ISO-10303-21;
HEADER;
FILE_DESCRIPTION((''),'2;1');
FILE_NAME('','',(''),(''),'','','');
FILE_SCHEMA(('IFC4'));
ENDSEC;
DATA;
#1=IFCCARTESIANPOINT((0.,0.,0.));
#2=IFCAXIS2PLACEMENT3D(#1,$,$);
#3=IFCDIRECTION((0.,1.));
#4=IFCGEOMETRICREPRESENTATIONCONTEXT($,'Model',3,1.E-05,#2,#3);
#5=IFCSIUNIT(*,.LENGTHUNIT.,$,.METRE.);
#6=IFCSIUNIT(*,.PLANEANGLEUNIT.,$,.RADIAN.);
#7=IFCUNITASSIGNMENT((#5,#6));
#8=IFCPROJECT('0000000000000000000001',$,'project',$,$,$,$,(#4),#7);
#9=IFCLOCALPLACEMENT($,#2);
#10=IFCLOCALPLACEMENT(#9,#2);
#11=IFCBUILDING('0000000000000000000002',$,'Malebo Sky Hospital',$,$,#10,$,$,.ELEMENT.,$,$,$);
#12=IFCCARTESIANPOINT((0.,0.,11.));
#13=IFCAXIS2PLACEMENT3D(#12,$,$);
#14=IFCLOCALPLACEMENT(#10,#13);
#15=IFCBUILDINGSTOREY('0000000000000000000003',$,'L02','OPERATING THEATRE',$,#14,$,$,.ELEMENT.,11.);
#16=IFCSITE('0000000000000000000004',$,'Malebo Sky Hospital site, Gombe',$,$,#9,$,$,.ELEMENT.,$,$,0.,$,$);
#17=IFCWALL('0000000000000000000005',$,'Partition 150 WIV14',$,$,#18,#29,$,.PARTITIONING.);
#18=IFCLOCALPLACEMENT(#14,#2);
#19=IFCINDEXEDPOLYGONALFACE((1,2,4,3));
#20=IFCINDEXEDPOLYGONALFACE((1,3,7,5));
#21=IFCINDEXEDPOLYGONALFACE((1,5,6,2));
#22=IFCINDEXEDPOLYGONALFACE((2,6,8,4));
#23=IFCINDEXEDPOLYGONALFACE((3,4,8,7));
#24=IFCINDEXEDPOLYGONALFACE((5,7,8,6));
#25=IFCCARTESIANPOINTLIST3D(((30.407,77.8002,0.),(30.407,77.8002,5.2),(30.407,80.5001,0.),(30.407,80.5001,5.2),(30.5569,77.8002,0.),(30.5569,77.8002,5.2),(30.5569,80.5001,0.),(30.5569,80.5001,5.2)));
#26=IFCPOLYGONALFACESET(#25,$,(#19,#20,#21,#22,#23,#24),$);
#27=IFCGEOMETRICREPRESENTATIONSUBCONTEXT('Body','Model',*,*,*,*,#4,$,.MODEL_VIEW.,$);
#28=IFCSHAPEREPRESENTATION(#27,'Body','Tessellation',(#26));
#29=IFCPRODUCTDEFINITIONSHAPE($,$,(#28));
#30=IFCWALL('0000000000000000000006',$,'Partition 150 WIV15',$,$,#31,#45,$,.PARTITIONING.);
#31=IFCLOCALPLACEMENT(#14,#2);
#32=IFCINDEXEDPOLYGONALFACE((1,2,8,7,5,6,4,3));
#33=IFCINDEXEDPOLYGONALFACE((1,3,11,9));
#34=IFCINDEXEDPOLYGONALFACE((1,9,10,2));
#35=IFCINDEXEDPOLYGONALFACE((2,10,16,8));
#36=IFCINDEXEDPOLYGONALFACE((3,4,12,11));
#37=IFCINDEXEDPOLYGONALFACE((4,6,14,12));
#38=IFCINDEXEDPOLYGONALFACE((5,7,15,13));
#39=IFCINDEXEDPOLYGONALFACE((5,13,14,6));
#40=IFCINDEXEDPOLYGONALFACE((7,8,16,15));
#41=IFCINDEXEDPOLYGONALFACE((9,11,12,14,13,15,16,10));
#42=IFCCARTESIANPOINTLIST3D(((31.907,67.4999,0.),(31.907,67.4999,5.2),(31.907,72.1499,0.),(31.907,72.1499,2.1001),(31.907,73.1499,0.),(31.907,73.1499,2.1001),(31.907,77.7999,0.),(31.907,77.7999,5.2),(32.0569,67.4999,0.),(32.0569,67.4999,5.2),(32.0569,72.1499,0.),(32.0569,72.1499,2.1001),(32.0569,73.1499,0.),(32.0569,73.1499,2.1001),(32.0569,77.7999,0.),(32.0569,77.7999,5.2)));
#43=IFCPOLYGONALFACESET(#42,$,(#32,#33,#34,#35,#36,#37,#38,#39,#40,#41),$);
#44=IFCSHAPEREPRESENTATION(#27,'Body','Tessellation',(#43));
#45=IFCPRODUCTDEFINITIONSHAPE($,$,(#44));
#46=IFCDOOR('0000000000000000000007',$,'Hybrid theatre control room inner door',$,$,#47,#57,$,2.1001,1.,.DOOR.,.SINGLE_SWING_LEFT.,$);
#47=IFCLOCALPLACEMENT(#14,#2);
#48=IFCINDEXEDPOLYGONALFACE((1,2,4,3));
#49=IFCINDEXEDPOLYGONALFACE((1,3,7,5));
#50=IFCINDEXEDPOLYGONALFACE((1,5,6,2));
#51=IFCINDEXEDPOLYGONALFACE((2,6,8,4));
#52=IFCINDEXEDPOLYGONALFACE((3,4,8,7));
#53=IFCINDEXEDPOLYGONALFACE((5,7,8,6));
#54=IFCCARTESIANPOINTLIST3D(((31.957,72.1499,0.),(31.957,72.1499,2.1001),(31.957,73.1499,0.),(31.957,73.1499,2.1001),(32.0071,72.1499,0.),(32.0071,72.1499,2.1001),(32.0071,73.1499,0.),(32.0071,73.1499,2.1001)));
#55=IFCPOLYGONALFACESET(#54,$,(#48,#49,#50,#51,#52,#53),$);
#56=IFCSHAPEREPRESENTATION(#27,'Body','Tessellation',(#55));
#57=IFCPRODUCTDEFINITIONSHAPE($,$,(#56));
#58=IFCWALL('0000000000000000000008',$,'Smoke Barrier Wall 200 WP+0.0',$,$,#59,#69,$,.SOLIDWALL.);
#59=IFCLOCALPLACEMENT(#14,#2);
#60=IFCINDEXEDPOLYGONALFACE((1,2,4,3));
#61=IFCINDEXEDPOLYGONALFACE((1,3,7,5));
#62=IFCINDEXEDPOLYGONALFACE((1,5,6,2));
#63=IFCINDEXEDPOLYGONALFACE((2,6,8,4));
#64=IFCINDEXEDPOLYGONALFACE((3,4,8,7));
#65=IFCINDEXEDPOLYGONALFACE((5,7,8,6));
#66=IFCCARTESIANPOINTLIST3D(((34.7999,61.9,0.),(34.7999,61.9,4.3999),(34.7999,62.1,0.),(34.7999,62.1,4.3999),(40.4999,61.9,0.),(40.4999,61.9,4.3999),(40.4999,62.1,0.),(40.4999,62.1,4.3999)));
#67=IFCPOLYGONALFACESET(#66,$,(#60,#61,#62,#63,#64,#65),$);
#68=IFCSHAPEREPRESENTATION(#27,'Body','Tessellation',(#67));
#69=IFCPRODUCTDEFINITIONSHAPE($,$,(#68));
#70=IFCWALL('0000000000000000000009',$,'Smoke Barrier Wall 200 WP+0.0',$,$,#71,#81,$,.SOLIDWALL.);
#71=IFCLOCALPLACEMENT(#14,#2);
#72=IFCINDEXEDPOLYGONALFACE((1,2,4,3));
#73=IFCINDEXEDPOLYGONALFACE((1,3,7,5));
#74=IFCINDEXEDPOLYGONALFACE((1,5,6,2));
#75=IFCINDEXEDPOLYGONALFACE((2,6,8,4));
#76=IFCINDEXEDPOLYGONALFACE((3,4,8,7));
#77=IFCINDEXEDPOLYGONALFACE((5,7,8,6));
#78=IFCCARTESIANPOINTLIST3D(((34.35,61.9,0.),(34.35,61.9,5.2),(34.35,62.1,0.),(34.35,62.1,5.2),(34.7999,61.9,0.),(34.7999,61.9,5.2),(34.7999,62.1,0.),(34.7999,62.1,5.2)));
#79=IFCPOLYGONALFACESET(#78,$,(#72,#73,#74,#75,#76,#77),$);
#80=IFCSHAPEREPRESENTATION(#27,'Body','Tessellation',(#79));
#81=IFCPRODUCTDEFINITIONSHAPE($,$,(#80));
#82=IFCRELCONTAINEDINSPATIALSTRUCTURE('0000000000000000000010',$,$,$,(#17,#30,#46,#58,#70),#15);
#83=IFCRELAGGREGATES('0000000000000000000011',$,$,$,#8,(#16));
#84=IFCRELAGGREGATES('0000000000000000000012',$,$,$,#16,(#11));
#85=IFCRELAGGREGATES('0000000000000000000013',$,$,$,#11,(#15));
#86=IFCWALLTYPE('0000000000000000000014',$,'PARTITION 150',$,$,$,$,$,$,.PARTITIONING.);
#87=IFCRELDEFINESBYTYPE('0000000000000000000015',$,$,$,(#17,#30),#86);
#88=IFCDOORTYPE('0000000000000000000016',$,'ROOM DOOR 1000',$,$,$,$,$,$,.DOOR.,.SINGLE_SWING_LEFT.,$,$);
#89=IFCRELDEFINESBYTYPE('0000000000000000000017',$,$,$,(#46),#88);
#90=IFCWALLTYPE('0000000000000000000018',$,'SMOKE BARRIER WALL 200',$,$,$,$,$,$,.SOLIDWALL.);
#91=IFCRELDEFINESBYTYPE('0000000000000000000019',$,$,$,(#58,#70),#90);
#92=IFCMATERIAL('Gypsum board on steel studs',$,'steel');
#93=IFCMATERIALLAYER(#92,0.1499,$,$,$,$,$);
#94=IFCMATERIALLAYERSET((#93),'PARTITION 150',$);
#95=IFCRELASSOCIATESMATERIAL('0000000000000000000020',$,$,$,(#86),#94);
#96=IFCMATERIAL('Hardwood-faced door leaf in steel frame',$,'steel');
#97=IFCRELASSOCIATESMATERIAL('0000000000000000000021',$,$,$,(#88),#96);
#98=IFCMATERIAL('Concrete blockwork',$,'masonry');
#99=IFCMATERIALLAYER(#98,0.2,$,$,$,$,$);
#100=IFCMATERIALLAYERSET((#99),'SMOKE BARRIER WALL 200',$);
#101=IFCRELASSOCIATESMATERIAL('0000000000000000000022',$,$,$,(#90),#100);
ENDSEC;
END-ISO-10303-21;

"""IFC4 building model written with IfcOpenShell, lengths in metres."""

from ifc_helpers import new_model, si_unit, direction, frame, frame_2d, origin, place, context, subcontext, project, spatial, rectangle, extrude, material, layer, layer_set, type_object, element, fill, save


model = new_model("IFC4")

# Units and contexts
model_context = context("Model", 3, precision=1e-05, world=origin(), true_north=direction((0.0, 1.0)))
body_context = subcontext(model_context, "Body", "Model", "MODEL_VIEW")
ifc_project = project(units=[si_unit("LENGTHUNIT", "METRE"), si_unit("PLANEANGLEUNIT", "RADIAN")], contexts=[model_context])

# Site, building, storey
site_placement = place(None, origin())
site = spatial("IfcSite", under=ifc_project, at=site_placement, Name="Malebo Sky Hospital site, Gombe", CompositionType="ELEMENT", RefElevation=0.0)
building_placement = place(site_placement, origin())
building = spatial("IfcBuilding", under=site, at=building_placement, Name="Malebo Sky Hospital", CompositionType="ELEMENT")
storey_placement = place(building_placement, frame((0.0, 0.0, 11.0)))
storey = spatial("IfcBuildingStorey", under=building, at=storey_placement, Name="L02", Description="OPERATING THEATRE", CompositionType="ELEMENT", Elevation=11.0)

# Shared definitions
ifc_material_1 = material(Name="Gypsum board on steel studs", Category="steel")
ifc_material_2 = material(Name="Hardwood-faced door leaf in steel frame", Category="steel")

# Wall
ifc_layer_1 = layer(ifc_material_1, 0.1499)
ifc_layer_set_1 = layer_set([ifc_layer_1], Name="PARTITION 150")
wall_type_1 = type_object("IfcWallType", Name="PARTITION 150", PredefinedType="PARTITIONING", material=ifc_layer_set_1)
wall_1_placement = place(storey_placement, frame((30.4819, 77.8, 0.0), z_axis=(0.0, 0.0, 1.0), x_axis=(0.0, 1.0, 0.0)))
element("IfcWall", 1, at=wall_1_placement, inside=storey, type_object=wall_type_1, Name="Partition 150 WIV14", PredefinedType="PARTITIONING", context=body_context, shape_type="SweptSolid", body=[
    extrude(rectangle(XDim=2.7, YDim=0.1499, at=frame_2d((1.3501, 0.0))), origin(), (0.0, 0.0, 1.0), 5.2),
])

# Wall, opening, door
wall_2_placement = place(storey_placement, frame((31.9819, 67.5, 0.0), z_axis=(0.0, 0.0, 1.0), x_axis=(0.0, 1.0, 0.0)))
wall_2 = element("IfcWall", 2, at=wall_2_placement, inside=storey, type_object=wall_type_1, Name="Partition 150 WIV15", PredefinedType="PARTITIONING", context=body_context, shape_type="SweptSolid", body=[
    extrude(rectangle(XDim=10.3, YDim=0.1499, at=frame_2d((5.1499, 0.0))), origin(), (0.0, 0.0, 1.0), 5.2),
])
opening_1_placement = place(wall_2_placement, frame((4.6499, 0.0, 0.0)))
opening_1 = element("IfcOpeningElement", 3, at=opening_1_placement, cuts=wall_2, PredefinedType="OPENING", context=body_context, shape_type="SweptSolid", body=[
    extrude(rectangle(XDim=1.0, YDim=2.1001, at=frame_2d((0.5, 1.05))), frame((0.0, 0.085, 0.0), z_axis=(0.0, -1.0, 0.0), x_axis=(1.0, 0.0, 0.0)), (0.0, 0.0, 1.0), 0.1699),
])
door_type_1 = type_object("IfcDoorType", Name="ROOM DOOR 1000", OperationType="SINGLE_SWING_LEFT", PredefinedType="DOOR", material=ifc_material_2)
door_1_placement = place(opening_1_placement, origin())
door_1 = element("IfcDoor", 4, at=door_1_placement, inside=storey, type_object=door_type_1, Name="Hybrid theatre control room inner door", OperationType="SINGLE_SWING_LEFT", OverallHeight=2.1001, OverallWidth=1.0, PredefinedType="DOOR", context=body_context, shape_type="SweptSolid", body=[
    extrude(rectangle(XDim=1.0, YDim=2.1001, at=frame_2d((0.5, 1.05))), frame((0.0, 0.0249, 0.0), z_axis=(0.0, -1.0, 0.0), x_axis=(1.0, 0.0, 0.0)), (0.0, 0.0, 1.0), 0.05),
])
fill(opening_1, door_1)

# Walls
ifc_material_3 = material(Name="Concrete blockwork", Category="masonry")
ifc_layer_2 = layer(ifc_material_3, 0.2)
ifc_layer_set_2 = layer_set([ifc_layer_2], Name="SMOKE BARRIER WALL 200")
wall_type_2 = type_object("IfcWallType", Name="SMOKE BARRIER WALL 200", PredefinedType="SOLIDWALL", material=ifc_layer_set_2)
wall_3_placement = place(storey_placement, frame((40.5, 62.0, 0.0), z_axis=(0.0, 0.0, 1.0), x_axis=(-1.0, 0.0, 0.0)))
element("IfcWall", 5, at=wall_3_placement, inside=storey, type_object=wall_type_2, Name="Smoke Barrier Wall 200 WP+0.0", PredefinedType="SOLIDWALL", context=body_context, shape_type="SweptSolid", body=[
    extrude(rectangle(XDim=5.7, YDim=0.2, at=frame_2d((2.8501, 0.0))), origin(), (0.0, 0.0, 1.0), 4.3999),
])
wall_4_placement = place(storey_placement, frame((34.8, 62.0, 0.0), z_axis=(0.0, 0.0, 1.0), x_axis=(-1.0, 0.0, 0.0)))
element("IfcWall", 6, at=wall_4_placement, inside=storey, type_object=wall_type_2, Name="Smoke Barrier Wall 200 WP+0.0", PredefinedType="SOLIDWALL", context=body_context, shape_type="SweptSolid", body=[
    extrude(rectangle(XDim=0.45, YDim=0.2, at=frame_2d((0.2251, 0.0))), origin(), (0.0, 0.0, 1.0), 5.2),
])

save(model, "model.ifc")
